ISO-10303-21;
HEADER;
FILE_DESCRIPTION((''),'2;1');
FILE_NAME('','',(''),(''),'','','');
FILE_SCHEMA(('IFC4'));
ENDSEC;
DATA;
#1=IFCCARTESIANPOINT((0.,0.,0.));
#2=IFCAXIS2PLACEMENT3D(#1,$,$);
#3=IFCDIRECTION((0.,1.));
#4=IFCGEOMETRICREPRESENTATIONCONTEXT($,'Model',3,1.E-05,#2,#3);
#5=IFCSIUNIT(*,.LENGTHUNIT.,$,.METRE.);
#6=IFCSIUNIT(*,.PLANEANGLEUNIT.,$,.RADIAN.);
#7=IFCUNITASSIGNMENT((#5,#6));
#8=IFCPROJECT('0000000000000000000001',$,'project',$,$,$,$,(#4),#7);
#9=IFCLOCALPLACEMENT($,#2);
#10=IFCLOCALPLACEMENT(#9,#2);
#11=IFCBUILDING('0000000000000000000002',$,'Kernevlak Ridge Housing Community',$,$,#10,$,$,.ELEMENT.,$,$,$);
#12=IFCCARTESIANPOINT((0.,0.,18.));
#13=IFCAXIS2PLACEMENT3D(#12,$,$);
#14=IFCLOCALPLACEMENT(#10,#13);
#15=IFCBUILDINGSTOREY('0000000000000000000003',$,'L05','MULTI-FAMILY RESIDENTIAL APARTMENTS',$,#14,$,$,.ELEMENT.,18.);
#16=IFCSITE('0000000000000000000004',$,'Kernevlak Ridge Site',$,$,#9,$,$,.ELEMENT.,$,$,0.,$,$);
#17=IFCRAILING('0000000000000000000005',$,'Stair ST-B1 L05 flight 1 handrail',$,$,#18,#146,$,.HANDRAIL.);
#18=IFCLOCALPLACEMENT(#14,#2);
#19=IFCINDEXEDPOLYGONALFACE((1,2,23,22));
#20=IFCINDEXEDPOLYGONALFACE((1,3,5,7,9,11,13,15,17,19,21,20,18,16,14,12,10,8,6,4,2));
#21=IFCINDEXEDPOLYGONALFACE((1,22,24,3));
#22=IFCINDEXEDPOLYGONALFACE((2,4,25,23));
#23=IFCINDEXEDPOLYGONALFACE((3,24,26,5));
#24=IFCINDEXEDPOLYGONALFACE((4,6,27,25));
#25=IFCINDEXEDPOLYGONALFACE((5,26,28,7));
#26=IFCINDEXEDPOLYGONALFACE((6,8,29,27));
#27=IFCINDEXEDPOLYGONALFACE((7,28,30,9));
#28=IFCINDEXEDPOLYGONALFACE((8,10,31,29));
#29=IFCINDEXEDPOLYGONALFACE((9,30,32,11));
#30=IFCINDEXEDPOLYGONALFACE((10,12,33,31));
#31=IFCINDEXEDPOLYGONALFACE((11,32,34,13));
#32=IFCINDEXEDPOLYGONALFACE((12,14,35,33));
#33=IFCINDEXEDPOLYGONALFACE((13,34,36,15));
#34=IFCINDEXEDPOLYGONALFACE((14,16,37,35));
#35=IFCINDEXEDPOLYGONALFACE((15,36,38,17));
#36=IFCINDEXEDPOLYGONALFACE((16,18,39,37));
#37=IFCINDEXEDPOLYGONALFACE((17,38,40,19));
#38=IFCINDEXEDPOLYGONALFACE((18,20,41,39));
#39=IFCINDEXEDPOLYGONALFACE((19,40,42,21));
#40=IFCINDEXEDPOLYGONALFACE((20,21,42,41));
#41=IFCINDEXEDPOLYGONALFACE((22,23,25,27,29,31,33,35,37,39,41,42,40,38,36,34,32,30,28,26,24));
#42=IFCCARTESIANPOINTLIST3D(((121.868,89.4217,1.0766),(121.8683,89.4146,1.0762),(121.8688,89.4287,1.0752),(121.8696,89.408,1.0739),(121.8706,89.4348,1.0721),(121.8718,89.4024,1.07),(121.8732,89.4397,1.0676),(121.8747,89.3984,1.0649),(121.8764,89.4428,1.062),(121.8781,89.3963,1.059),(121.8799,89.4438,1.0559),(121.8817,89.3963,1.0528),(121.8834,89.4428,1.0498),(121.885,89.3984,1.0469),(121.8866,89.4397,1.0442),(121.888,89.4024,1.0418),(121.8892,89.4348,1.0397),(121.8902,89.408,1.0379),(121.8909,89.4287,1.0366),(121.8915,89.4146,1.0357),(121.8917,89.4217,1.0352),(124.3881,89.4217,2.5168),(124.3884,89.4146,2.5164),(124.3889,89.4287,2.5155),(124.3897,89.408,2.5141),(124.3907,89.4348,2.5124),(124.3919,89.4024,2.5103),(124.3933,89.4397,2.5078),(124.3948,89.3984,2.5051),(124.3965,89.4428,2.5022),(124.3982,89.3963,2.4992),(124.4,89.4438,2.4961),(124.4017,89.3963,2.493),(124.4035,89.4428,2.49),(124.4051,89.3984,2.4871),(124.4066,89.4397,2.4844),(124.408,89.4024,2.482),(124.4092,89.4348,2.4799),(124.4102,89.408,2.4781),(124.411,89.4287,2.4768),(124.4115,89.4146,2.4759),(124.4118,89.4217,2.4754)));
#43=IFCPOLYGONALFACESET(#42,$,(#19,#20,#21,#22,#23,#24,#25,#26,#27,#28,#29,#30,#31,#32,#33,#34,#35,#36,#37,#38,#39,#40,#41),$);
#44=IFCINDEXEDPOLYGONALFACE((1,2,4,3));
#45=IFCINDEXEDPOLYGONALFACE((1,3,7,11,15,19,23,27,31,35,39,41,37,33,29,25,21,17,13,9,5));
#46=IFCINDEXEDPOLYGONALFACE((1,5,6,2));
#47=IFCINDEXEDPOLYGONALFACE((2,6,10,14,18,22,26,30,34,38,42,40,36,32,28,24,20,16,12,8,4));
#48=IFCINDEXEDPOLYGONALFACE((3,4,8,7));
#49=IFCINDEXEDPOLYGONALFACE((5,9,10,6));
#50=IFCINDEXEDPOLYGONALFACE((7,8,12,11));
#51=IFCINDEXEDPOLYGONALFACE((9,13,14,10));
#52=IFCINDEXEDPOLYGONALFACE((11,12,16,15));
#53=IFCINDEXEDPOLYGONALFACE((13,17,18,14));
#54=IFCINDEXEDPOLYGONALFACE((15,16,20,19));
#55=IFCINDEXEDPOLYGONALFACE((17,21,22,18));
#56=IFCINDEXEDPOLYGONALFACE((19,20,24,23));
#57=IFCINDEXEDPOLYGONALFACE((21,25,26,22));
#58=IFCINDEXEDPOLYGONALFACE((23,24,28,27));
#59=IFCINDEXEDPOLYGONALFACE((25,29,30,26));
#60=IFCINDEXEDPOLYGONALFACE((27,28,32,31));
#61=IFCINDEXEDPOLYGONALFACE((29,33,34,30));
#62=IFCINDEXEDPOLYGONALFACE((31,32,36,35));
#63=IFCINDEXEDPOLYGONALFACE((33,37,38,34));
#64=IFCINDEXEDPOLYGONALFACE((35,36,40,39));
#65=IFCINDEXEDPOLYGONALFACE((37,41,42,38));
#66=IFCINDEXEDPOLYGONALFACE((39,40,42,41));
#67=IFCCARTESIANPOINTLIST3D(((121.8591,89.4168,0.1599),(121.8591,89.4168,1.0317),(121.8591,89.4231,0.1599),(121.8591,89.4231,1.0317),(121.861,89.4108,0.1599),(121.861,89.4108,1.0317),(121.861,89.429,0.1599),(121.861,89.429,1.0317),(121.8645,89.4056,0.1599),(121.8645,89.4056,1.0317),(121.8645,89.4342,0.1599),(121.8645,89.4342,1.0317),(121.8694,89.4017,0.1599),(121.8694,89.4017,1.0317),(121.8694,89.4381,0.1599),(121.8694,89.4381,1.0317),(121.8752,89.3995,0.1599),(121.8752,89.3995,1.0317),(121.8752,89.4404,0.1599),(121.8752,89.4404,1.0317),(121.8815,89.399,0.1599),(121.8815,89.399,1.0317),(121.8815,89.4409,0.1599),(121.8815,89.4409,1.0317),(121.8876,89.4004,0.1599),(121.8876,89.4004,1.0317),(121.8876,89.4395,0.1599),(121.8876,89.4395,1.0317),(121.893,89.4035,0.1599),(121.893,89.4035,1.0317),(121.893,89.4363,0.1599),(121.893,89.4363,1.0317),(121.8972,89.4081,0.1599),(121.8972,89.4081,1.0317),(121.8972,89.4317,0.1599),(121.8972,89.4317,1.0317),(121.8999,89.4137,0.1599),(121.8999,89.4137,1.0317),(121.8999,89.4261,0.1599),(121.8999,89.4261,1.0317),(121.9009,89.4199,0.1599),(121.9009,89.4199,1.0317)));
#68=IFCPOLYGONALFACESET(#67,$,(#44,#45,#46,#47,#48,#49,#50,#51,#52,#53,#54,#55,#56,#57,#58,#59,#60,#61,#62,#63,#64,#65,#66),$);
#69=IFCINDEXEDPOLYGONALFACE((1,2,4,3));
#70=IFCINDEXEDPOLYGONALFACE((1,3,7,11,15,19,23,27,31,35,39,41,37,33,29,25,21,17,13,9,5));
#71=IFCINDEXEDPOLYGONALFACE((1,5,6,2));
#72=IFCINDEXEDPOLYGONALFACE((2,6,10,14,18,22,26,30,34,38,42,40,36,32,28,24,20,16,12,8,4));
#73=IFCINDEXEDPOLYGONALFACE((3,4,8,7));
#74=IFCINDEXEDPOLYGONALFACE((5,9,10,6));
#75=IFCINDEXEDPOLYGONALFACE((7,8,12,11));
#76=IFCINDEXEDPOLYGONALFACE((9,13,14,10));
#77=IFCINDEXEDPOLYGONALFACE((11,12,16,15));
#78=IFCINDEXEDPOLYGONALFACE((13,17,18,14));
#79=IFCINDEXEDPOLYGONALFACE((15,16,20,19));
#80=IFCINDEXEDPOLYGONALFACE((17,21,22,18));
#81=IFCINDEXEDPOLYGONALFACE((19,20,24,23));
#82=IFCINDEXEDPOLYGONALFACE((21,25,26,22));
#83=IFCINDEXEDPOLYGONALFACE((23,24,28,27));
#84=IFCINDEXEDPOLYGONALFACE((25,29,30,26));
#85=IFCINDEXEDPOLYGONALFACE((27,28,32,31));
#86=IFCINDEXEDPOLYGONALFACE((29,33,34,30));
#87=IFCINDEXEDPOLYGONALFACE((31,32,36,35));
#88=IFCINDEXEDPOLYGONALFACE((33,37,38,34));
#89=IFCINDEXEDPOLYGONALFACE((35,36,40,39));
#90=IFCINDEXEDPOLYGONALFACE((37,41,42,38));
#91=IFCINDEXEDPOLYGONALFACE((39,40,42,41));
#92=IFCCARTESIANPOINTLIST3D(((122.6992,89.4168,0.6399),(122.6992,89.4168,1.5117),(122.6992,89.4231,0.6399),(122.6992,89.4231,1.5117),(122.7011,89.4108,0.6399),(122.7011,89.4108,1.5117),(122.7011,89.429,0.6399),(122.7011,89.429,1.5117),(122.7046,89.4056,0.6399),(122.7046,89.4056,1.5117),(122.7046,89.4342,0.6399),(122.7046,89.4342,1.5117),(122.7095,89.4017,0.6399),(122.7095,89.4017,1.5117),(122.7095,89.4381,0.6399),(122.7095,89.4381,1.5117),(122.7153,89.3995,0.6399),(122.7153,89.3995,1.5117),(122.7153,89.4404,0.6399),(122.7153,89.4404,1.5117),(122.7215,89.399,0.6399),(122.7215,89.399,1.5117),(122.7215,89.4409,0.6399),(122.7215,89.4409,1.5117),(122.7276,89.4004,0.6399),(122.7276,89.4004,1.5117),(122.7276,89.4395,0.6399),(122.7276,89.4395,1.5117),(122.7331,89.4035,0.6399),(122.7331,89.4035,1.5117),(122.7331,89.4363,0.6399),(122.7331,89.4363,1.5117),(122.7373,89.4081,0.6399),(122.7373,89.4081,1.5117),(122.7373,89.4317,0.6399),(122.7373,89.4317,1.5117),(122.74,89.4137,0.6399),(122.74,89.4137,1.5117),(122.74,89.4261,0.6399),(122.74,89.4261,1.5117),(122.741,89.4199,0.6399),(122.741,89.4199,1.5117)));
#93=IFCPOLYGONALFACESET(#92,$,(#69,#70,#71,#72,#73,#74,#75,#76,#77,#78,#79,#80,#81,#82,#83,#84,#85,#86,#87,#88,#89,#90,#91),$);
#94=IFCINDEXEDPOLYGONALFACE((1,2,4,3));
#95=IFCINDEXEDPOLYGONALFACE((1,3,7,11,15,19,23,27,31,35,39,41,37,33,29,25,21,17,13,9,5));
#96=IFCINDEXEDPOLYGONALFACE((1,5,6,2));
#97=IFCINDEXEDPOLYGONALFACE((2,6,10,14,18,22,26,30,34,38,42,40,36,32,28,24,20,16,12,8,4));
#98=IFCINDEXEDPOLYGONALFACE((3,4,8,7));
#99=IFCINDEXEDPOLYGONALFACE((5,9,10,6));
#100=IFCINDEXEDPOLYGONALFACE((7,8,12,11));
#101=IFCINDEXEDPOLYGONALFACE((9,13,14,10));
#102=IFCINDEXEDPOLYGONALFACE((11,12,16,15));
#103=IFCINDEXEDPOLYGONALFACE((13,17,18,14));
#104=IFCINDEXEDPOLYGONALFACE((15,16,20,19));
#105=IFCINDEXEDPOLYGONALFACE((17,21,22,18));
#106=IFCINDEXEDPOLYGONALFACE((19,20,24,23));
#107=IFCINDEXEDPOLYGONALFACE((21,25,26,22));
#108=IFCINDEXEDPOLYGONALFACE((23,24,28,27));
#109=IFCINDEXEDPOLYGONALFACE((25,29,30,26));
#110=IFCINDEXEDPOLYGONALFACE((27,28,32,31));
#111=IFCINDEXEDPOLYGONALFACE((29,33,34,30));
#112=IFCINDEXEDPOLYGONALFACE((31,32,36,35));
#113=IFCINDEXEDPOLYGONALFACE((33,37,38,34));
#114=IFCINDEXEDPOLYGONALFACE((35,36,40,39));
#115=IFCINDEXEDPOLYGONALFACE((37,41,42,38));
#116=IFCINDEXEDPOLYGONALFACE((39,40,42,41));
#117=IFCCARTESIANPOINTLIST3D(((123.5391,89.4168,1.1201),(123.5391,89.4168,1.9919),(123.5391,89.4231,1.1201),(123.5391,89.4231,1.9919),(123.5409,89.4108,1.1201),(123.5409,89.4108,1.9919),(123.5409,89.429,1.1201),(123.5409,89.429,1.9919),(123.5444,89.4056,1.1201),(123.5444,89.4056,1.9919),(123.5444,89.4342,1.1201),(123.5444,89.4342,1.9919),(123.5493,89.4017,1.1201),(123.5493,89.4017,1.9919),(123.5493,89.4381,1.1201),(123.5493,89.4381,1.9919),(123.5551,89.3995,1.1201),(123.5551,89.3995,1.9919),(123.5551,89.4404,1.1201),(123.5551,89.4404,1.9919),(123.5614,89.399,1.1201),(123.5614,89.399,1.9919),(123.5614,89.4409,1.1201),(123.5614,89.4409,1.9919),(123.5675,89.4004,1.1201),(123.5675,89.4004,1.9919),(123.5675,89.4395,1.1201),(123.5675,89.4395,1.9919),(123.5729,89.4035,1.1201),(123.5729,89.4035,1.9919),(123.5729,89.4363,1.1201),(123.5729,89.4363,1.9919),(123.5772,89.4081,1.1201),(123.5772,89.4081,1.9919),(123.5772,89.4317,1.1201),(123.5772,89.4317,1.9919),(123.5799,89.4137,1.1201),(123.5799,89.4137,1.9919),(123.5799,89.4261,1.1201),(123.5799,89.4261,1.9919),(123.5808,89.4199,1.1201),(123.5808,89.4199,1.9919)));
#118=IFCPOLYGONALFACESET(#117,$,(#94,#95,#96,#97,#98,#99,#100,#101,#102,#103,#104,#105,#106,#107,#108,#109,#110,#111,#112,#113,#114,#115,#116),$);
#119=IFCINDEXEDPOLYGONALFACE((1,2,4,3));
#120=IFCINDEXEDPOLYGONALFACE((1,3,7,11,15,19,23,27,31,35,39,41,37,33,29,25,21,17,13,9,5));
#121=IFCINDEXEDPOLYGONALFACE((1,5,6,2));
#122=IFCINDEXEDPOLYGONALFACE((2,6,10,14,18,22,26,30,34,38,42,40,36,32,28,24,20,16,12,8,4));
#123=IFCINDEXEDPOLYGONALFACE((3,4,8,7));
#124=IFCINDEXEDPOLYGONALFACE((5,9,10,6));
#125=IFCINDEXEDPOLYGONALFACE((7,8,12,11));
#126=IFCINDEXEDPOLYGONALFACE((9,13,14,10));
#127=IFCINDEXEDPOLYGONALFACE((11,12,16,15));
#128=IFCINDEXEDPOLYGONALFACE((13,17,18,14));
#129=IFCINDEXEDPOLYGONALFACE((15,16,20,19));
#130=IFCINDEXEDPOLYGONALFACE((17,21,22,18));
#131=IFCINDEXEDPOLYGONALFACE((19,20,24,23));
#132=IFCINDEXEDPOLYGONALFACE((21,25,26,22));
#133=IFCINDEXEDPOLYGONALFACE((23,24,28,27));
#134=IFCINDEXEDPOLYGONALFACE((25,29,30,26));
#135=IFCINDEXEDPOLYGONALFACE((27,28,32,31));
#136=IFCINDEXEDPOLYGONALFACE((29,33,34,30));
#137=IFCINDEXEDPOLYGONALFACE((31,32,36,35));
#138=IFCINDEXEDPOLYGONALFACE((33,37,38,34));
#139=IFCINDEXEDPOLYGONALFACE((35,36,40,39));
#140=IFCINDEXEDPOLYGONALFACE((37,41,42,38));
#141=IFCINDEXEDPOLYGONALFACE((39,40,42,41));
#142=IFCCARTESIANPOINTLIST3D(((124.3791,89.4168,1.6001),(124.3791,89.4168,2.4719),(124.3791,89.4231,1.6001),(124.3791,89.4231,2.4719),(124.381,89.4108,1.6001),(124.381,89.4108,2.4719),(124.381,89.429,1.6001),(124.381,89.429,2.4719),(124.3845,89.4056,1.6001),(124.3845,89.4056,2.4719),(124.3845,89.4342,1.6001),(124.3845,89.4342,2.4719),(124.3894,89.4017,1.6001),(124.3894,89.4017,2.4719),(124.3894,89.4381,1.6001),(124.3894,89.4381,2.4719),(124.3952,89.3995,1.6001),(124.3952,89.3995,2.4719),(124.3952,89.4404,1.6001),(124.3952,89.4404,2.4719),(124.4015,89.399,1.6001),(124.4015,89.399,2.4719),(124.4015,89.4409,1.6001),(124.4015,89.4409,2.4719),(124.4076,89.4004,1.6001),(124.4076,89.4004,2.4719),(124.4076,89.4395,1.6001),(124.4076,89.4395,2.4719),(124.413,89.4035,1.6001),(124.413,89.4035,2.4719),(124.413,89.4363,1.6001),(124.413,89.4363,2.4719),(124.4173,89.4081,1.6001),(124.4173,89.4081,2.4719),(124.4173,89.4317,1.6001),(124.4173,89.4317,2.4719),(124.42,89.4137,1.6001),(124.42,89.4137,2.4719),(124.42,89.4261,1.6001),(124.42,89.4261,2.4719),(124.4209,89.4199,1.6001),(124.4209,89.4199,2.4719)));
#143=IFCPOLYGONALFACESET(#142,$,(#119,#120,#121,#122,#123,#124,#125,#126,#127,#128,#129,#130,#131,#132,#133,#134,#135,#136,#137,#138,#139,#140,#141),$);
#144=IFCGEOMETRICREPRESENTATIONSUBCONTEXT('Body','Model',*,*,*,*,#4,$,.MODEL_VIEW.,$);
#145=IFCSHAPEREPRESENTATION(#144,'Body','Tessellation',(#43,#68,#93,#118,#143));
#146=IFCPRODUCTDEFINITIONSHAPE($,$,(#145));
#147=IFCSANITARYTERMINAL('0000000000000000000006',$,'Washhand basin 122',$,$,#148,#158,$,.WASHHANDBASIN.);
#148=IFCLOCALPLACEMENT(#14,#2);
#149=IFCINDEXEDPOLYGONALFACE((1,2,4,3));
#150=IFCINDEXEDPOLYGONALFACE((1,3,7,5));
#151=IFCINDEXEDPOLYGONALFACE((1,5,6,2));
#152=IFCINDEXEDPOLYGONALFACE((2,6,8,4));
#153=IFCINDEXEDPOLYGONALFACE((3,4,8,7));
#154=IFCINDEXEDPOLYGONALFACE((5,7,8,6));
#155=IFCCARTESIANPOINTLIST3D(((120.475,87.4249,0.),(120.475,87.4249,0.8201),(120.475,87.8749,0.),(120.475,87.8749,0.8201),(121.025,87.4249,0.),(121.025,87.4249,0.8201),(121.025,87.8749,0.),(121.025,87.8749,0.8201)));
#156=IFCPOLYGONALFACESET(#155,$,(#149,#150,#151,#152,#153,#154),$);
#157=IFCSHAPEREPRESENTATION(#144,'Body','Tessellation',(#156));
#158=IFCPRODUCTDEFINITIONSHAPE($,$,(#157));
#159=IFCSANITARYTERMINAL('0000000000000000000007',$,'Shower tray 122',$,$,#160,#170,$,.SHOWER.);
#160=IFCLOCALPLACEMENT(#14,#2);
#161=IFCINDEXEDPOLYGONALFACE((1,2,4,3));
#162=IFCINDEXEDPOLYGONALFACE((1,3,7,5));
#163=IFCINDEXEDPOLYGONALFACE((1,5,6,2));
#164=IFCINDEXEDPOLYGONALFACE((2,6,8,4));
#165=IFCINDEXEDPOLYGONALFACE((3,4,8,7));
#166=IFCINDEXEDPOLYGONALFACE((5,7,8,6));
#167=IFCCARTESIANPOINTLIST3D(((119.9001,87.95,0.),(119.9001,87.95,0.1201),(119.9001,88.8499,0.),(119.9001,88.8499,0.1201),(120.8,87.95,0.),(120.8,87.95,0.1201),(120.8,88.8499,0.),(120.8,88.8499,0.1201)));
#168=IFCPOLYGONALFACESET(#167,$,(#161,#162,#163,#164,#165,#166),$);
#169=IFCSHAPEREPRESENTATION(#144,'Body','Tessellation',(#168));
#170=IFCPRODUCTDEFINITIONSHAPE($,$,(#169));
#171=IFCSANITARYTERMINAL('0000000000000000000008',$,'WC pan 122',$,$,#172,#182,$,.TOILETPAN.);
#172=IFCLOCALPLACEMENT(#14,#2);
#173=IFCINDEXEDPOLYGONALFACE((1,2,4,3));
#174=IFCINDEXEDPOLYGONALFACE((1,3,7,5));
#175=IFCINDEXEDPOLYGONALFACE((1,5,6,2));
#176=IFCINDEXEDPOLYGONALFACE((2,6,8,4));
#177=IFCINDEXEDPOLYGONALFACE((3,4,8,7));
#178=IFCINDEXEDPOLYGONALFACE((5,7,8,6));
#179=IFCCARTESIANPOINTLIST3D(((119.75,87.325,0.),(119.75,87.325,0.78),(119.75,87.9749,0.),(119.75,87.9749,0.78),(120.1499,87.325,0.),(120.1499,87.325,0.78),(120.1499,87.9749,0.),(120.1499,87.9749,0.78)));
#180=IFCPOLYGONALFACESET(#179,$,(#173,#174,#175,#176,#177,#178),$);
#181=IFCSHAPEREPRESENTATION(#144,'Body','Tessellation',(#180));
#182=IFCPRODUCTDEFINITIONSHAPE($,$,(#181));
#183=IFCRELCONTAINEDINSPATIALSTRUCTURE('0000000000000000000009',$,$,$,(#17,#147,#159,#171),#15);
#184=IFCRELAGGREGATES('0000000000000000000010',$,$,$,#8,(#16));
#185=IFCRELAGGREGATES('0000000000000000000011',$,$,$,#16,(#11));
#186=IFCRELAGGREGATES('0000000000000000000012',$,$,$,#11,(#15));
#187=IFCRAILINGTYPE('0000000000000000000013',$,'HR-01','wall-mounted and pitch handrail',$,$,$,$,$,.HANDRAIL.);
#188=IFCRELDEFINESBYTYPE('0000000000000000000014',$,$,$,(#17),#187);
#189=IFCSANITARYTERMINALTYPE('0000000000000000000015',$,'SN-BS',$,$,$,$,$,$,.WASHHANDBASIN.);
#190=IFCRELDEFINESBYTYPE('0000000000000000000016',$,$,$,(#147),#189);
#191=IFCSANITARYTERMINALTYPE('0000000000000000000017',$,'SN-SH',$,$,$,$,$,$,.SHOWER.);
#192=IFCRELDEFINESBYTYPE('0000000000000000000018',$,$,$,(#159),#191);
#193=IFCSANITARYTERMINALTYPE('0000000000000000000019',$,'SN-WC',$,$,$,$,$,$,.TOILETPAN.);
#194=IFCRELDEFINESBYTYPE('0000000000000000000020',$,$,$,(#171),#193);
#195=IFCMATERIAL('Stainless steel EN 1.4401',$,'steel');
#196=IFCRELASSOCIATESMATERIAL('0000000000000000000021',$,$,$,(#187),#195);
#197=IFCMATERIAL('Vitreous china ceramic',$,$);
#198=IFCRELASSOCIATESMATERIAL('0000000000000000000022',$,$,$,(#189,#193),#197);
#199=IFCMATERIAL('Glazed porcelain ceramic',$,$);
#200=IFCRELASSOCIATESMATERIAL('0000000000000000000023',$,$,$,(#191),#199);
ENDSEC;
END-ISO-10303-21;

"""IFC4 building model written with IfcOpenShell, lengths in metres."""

from ifc_helpers import new_model, si_unit, direction, frame, origin, origin_2d, place, context, subcontext, project, spatial, rectangle, circle, extrude, material, type_object, element, save


model = new_model("IFC4")

# Units and contexts
model_context = context("Model", 3, precision=1e-05, world=origin(), true_north=direction((0.0, 1.0)))
body_context = subcontext(model_context, "Body", "Model", "MODEL_VIEW")
ifc_project = project(units=[si_unit("LENGTHUNIT", "METRE"), si_unit("PLANEANGLEUNIT", "RADIAN")], contexts=[model_context])

# Site, building, storey
site_placement = place(None, origin())
site = spatial("IfcSite", under=ifc_project, at=site_placement, Name="Kernevlak Ridge Site", CompositionType="ELEMENT", RefElevation=0.0)
building_placement = place(site_placement, origin())
building = spatial("IfcBuilding", under=site, at=building_placement, Name="Kernevlak Ridge Housing Community", CompositionType="ELEMENT")
storey_placement = place(building_placement, frame((0.0, 0.0, 18.0)))
storey = spatial("IfcBuildingStorey", under=building, at=storey_placement, Name="L05", Description="MULTI-FAMILY RESIDENTIAL APARTMENTS", CompositionType="ELEMENT", Elevation=18.0)

# Railing
ifc_material_1 = material(Name="Stainless steel EN 1.4401", Category="steel")
railing_type_1 = type_object("IfcRailingType", Name="HR-01", Description="wall-mounted and pitch handrail", PredefinedType="HANDRAIL", material=ifc_material_1)
railing_1_placement = place(storey_placement, frame((121.8799, 89.4199, 0.1599)))
element("IfcRailing", 1, at=railing_1_placement, inside=storey, type_object=railing_type_1, Name="Stair ST-B1 L05 flight 1 handrail", PredefinedType="HANDRAIL", context=body_context, shape_type="SweptSolid", body=[
    extrude(circle(Radius=0.0239, at=origin_2d()), frame((0.0, 0.0, 0.896), z_axis=(0.868217, 0.0, 0.496184), x_axis=(0.0, 1.0, 0.0)), (0.0, 0.0, 1.0), 2.9026),
    extrude(circle(Radius=0.021, at=origin_2d()), origin(), (0.0, 0.0, 1.0), 0.8718),
    extrude(circle(Radius=0.021, at=origin_2d()), frame((0.8401, 0.0, 0.48)), (0.0, 0.0, 1.0), 0.8718),
    extrude(circle(Radius=0.021, at=origin_2d()), frame((1.6799, 0.0, 0.9602)), (0.0, 0.0, 1.0), 0.8718),
    extrude(circle(Radius=0.021, at=origin_2d()), frame((2.52, 0.0, 1.4402)), (0.0, 0.0, 1.0), 0.8718),
])

# Sanitary terminals
ifc_material_2 = material(Name="Vitreous china ceramic")
sanitary_terminal_type_1 = type_object("IfcSanitaryTerminalType", Name="SN-BS", PredefinedType="WASHHANDBASIN", material=ifc_material_2)
sanitary_terminal_1_placement = place(storey_placement, frame((120.75, 87.6499, 0.0), z_axis=(0.0, 0.0, 1.0), x_axis=(1.0, 0.0, 0.0)))
element("IfcSanitaryTerminal", 2, at=sanitary_terminal_1_placement, inside=storey, type_object=sanitary_terminal_type_1, Name="Washhand basin 122", PredefinedType="WASHHANDBASIN", context=body_context, shape_type="SweptSolid", body=[
    extrude(rectangle(XDim=0.55, YDim=0.45, at=origin_2d()), origin(), (0.0, 0.0, 1.0), 0.8201),
])
ifc_material_3 = material(Name="Glazed porcelain ceramic")
sanitary_terminal_type_2 = type_object("IfcSanitaryTerminalType", Name="SN-SH", PredefinedType="SHOWER", material=ifc_material_3)
sanitary_terminal_2_placement = place(storey_placement, frame((120.3501, 88.3999, 0.0), z_axis=(0.0, 0.0, 1.0), x_axis=(1.0, 0.0, 0.0)))
element("IfcSanitaryTerminal", 3, at=sanitary_terminal_2_placement, inside=storey, type_object=sanitary_terminal_type_2, Name="Shower tray 122", PredefinedType="SHOWER", context=body_context, shape_type="SweptSolid", body=[
    extrude(rectangle(XDim=0.8999, YDim=0.8999, at=origin_2d()), origin(), (0.0, 0.0, 1.0), 0.1201),
])
sanitary_terminal_type_3 = type_object("IfcSanitaryTerminalType", Name="SN-WC", PredefinedType="TOILETPAN", material=ifc_material_2)
sanitary_terminal_3_placement = place(storey_placement, frame((119.95, 87.6499, 0.0), z_axis=(0.0, 0.0, 1.0), x_axis=(1.0, 0.0, 0.0)))
element("IfcSanitaryTerminal", 4, at=sanitary_terminal_3_placement, inside=storey, type_object=sanitary_terminal_type_3, Name="WC pan 122", PredefinedType="TOILETPAN", context=body_context, shape_type="SweptSolid", body=[
    extrude(rectangle(XDim=0.3999, YDim=0.6499, at=origin_2d()), origin(), (0.0, 0.0, 1.0), 0.78),
])

save(model, "model.ifc")
